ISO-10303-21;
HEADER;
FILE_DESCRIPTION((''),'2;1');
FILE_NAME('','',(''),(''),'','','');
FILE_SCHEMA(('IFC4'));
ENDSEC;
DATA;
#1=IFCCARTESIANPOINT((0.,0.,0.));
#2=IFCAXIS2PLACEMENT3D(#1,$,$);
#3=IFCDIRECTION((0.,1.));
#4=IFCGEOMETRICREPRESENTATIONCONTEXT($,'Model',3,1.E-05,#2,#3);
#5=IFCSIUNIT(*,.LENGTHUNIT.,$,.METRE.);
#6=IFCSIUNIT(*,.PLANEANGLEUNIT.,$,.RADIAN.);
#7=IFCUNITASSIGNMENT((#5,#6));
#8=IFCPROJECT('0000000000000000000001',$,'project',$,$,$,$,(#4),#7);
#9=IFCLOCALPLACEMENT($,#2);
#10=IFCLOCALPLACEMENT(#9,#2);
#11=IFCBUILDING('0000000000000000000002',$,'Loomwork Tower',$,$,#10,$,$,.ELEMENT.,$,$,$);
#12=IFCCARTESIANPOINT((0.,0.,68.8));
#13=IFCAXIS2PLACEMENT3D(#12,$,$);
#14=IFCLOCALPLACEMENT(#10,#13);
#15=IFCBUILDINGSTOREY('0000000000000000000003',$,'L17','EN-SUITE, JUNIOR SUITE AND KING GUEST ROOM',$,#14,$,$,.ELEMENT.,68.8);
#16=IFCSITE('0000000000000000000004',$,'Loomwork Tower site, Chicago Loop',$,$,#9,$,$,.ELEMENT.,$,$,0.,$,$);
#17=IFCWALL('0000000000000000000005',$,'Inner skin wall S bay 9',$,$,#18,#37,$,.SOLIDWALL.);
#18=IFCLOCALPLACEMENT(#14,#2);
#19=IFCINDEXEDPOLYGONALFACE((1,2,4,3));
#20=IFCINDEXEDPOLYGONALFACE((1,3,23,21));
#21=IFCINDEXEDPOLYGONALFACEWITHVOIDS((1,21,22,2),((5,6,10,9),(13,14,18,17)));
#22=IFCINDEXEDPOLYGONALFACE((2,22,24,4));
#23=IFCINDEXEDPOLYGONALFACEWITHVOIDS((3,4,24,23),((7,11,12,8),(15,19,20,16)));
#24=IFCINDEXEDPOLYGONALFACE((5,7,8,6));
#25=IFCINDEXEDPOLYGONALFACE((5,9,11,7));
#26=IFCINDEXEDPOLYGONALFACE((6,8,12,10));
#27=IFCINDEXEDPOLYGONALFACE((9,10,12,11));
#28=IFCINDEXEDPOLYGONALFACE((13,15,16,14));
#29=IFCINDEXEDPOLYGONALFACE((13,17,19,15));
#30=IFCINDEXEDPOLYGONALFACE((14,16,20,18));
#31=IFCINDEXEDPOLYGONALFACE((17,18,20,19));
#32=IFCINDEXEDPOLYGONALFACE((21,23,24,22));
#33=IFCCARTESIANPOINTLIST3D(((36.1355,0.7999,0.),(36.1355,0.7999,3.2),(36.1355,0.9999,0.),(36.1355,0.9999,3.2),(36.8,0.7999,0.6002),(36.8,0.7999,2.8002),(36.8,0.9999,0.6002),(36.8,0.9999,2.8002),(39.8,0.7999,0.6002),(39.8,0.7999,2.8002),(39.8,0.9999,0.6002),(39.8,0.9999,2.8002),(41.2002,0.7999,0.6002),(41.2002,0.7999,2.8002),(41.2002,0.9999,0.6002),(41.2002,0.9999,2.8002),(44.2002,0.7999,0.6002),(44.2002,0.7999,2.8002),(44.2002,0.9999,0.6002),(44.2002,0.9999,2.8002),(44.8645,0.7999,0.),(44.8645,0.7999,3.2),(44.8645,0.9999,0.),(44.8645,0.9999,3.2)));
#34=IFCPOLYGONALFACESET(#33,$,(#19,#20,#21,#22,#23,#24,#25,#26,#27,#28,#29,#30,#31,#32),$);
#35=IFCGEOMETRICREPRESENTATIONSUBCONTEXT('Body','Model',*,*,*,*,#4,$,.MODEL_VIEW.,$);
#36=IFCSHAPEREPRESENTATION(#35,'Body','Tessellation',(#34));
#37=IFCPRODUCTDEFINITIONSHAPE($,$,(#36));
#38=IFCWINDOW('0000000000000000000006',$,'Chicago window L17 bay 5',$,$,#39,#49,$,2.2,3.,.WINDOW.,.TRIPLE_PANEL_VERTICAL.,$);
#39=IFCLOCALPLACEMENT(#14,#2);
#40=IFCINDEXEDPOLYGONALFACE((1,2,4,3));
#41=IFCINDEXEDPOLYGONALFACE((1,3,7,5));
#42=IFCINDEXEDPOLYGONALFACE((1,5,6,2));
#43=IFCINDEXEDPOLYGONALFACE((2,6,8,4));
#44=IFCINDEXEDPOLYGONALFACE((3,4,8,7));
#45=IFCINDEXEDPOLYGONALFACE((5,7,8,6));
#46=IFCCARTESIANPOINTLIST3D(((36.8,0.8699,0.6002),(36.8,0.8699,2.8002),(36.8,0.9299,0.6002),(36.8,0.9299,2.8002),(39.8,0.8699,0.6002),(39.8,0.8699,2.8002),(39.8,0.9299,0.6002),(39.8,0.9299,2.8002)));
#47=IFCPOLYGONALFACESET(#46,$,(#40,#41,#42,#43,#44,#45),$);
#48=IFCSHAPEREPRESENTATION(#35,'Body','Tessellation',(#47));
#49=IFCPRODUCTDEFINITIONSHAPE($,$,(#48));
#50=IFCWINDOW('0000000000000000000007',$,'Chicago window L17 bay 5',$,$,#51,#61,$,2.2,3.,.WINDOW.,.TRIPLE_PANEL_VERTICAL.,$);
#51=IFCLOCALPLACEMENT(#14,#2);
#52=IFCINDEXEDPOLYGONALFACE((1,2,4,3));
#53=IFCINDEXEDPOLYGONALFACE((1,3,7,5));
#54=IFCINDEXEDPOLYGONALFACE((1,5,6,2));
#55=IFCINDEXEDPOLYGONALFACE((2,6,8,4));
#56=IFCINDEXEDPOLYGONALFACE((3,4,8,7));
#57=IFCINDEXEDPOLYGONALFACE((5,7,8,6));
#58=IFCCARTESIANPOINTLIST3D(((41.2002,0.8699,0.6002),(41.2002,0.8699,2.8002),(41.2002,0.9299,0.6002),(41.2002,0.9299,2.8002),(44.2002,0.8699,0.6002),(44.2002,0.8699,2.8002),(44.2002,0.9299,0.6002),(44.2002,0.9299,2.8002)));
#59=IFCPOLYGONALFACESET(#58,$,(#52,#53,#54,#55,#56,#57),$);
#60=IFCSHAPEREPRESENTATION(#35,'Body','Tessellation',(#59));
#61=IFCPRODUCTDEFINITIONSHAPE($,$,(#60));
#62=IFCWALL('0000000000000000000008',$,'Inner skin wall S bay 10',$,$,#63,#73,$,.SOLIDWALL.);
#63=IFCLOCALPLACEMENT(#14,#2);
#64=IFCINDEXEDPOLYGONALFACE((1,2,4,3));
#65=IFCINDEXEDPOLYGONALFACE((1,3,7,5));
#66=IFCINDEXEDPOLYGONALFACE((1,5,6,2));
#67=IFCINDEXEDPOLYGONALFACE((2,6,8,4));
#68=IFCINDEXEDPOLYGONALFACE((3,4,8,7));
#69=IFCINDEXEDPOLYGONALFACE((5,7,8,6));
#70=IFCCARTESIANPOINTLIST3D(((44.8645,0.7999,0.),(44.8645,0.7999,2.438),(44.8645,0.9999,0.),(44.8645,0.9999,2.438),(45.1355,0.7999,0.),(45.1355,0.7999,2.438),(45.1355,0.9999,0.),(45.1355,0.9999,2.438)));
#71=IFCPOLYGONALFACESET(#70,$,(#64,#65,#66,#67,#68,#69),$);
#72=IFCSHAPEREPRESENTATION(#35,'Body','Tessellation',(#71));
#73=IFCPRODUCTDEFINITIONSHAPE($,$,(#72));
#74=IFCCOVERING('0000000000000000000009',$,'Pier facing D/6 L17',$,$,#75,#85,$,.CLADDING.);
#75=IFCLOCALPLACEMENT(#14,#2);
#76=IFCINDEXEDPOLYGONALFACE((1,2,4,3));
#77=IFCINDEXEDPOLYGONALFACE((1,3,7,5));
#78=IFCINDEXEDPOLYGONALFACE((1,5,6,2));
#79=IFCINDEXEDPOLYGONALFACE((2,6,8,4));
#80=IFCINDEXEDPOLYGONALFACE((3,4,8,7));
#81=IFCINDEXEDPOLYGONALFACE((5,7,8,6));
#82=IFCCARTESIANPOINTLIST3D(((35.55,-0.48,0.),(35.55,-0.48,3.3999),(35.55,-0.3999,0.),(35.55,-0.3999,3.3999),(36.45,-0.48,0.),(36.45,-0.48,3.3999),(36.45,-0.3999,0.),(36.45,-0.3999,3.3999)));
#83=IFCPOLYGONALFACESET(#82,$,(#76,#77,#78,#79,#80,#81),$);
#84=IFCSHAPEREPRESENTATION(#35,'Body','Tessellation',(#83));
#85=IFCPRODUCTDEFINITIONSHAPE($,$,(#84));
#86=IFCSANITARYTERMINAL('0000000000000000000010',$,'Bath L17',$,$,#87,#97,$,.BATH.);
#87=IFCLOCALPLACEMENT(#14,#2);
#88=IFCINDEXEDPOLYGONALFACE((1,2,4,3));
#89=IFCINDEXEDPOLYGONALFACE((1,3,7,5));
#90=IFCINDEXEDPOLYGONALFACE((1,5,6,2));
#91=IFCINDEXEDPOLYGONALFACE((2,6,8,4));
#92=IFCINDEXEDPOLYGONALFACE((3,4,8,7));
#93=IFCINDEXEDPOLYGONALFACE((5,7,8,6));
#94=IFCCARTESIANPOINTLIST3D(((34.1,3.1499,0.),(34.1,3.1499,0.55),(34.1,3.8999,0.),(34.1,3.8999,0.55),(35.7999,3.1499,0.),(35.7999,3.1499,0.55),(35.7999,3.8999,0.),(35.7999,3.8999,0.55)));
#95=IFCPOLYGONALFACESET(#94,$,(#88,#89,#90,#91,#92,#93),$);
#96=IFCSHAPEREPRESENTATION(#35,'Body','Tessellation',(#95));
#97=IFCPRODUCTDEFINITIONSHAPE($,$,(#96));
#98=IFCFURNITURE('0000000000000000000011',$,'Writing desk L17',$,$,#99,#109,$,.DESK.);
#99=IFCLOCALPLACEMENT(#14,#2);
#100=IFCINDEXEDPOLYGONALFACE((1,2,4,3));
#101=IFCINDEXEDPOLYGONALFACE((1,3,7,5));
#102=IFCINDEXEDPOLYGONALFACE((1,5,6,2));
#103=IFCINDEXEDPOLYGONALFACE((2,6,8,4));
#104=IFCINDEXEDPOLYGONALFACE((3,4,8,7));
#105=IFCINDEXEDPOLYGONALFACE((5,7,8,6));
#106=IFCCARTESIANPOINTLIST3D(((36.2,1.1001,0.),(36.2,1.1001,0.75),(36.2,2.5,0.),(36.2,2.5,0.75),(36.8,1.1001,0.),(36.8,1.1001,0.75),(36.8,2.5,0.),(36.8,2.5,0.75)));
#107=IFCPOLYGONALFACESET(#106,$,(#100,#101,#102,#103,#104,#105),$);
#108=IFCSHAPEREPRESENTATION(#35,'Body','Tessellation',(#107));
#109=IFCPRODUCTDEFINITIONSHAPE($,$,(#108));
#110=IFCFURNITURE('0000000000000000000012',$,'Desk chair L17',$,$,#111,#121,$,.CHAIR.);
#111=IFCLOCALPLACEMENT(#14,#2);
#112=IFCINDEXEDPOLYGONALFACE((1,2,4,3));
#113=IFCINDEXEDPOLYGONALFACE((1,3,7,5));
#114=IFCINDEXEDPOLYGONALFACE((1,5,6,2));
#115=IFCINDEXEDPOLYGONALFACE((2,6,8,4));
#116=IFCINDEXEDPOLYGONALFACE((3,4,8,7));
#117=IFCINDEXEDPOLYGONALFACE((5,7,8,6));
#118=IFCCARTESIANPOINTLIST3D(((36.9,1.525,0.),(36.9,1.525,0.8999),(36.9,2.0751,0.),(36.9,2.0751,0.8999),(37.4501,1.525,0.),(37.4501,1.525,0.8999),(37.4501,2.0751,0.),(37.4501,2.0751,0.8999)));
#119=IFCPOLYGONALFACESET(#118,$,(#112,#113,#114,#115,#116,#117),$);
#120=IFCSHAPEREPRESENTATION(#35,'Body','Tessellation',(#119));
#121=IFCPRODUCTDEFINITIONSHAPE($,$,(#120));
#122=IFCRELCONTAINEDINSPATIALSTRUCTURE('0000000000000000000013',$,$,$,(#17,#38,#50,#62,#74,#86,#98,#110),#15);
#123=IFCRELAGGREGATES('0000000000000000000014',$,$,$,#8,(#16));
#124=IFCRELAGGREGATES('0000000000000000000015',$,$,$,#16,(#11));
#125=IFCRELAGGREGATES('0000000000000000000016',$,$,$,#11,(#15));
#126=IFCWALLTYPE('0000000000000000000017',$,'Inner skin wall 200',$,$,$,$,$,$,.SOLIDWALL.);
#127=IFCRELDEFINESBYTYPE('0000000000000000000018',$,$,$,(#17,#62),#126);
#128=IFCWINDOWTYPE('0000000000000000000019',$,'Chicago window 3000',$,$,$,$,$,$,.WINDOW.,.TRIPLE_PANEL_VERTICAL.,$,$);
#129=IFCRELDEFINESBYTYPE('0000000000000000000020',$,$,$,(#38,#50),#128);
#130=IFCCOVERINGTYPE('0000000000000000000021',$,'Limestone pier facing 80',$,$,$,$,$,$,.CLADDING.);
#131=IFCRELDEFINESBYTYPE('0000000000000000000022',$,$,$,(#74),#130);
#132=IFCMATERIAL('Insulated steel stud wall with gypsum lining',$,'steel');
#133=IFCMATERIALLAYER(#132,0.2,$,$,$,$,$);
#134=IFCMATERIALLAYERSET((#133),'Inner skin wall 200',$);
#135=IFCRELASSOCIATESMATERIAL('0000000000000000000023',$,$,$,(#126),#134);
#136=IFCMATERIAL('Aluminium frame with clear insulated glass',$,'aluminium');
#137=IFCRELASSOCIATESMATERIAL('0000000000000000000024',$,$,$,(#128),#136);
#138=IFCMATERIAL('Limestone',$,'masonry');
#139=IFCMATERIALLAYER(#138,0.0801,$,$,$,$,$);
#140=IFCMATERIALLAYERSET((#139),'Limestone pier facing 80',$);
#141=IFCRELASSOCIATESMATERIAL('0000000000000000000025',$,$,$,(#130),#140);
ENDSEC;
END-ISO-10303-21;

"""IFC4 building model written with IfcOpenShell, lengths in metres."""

from ifc_helpers import new_model, si_unit, direction, frame, frame_2d, origin, origin_2d, place, context, subcontext, project, spatial, rectangle, extrude, material, layer, layer_set, type_object, element, fill, save


model = new_model("IFC4")

# Units and contexts
model_context = context("Model", 3, precision=1e-05, world=origin(), true_north=direction((0.0, 1.0)))
body_context = subcontext(model_context, "Body", "Model", "MODEL_VIEW")
ifc_project = project(units=[si_unit("LENGTHUNIT", "METRE"), si_unit("PLANEANGLEUNIT", "RADIAN")], contexts=[model_context])

# Site, building, storey
site_placement = place(None, origin())
site = spatial("IfcSite", under=ifc_project, at=site_placement, Name="Loomwork Tower site, Chicago Loop", CompositionType="ELEMENT", RefElevation=0.0)
building_placement = place(site_placement, origin())
building = spatial("IfcBuilding", under=site, at=building_placement, Name="Loomwork Tower", CompositionType="ELEMENT")
storey_placement = place(building_placement, frame((0.0, 0.0, 68.8)))
storey = spatial("IfcBuildingStorey", under=building, at=storey_placement, Name="L17", Description="EN-SUITE, JUNIOR SUITE AND KING GUEST ROOM", CompositionType="ELEMENT", Elevation=68.8)

# Shared definitions
ifc_material_1 = material(Name="Insulated steel stud wall with gypsum lining", Category="steel")
ifc_layer_1 = layer(ifc_material_1, 0.2)
ifc_layer_set_1 = layer_set([ifc_layer_1], Name="Inner skin wall 200")
wall_type = type_object("IfcWallType", Name="Inner skin wall 200", PredefinedType="SOLIDWALL", material=ifc_layer_set_1)

# Wall, openings, windows
wall_1_placement = place(storey_placement, frame((36.1355, 0.8999, 0.0), z_axis=(0.0, 0.0, 1.0), x_axis=(1.0, 0.0, 0.0)))
wall_1 = element("IfcWall", 1, at=wall_1_placement, inside=storey, type_object=wall_type, Name="Inner skin wall S bay 9", PredefinedType="SOLIDWALL", context=body_context, shape_type="SweptSolid", body=[
    extrude(rectangle(XDim=8.729, YDim=0.2, at=frame_2d((4.3645, 0.0))), origin(), (0.0, 0.0, 1.0), 3.2),
])
opening_1_placement = place(wall_1_placement, frame((0.6646, 0.0, 0.6001)))
opening_1 = element("IfcOpeningElement", 2, at=opening_1_placement, cuts=wall_1, PredefinedType="OPENING", context=body_context, shape_type="SweptSolid", body=[
    extrude(rectangle(XDim=3.0, YDim=2.2, at=frame_2d((1.5, 1.1001))), frame((0.0, 0.1099, 0.0), z_axis=(0.0, -1.0, 0.0), x_axis=(1.0, 0.0, 0.0)), (0.0, 0.0, 1.0), 0.22),
])
opening_2_placement = place(wall_1_placement, frame((5.0647, 0.0, 0.6001)))
opening_2 = element("IfcOpeningElement", 3, at=opening_2_placement, cuts=wall_1, PredefinedType="OPENING", context=body_context, shape_type="SweptSolid", body=[
    extrude(rectangle(XDim=3.0, YDim=2.2, at=frame_2d((1.5, 1.1001))), frame((0.0, 0.1099, 0.0), z_axis=(0.0, -1.0, 0.0), x_axis=(1.0, 0.0, 0.0)), (0.0, 0.0, 1.0), 0.22),
])
ifc_material_2 = material(Name="Aluminium frame with clear insulated glass", Category="aluminium")
window_type = type_object("IfcWindowType", Name="Chicago window 3000", PartitioningType="TRIPLE_PANEL_VERTICAL", PredefinedType="WINDOW", material=ifc_material_2)
window_1_placement = place(opening_1_placement, origin())
window_1 = element("IfcWindow", 4, at=window_1_placement, inside=storey, type_object=window_type, Name="Chicago window L17 bay 5", OverallHeight=2.2, OverallWidth=3.0, PartitioningType="TRIPLE_PANEL_VERTICAL", PredefinedType="WINDOW", context=body_context, shape_type="SweptSolid", body=[
    extrude(rectangle(XDim=3.0, YDim=2.2, at=frame_2d((1.5, 1.1001))), frame((0.0, 0.03, 0.0), z_axis=(0.0, -1.0, 0.0), x_axis=(1.0, 0.0, 0.0)), (0.0, 0.0, 1.0), 0.0601),
])
fill(opening_1, window_1)
window_2_placement = place(opening_2_placement, origin())
window_2 = element("IfcWindow", 5, at=window_2_placement, inside=storey, type_object=window_type, Name="Chicago window L17 bay 5", OverallHeight=2.2, OverallWidth=3.0, PartitioningType="TRIPLE_PANEL_VERTICAL", PredefinedType="WINDOW", context=body_context, shape_type="SweptSolid", body=[
    extrude(rectangle(XDim=3.0, YDim=2.2, at=frame_2d((1.5, 1.1001))), frame((0.0, 0.03, 0.0), z_axis=(0.0, -1.0, 0.0), x_axis=(1.0, 0.0, 0.0)), (0.0, 0.0, 1.0), 0.0601),
])
fill(opening_2, window_2)

# Wall
wall_2_placement = place(storey_placement, frame((44.8645, 0.8999, 0.0), z_axis=(0.0, 0.0, 1.0), x_axis=(1.0, 0.0, 0.0)))
element("IfcWall", 6, at=wall_2_placement, inside=storey, type_object=wall_type, Name="Inner skin wall S bay 10", PredefinedType="SOLIDWALL", context=body_context, shape_type="SweptSolid", body=[
    extrude(rectangle(XDim=0.271, YDim=0.2, at=frame_2d((0.1355, 0.0))), origin(), (0.0, 0.0, 1.0), 2.438),
])

# Covering
ifc_material_3 = material(Name="Limestone", Category="masonry")
ifc_layer_2 = layer(ifc_material_3, 0.0801)
ifc_layer_set_2 = layer_set([ifc_layer_2], Name="Limestone pier facing 80")
covering_type = type_object("IfcCoveringType", Name="Limestone pier facing 80", PredefinedType="CLADDING", material=ifc_layer_set_2)
covering_placement = place(storey_placement, frame((36.0, -0.4399, 0.0), z_axis=(0.0, 0.0, 1.0), x_axis=(1.0, 0.0, 0.0)))
element("IfcCovering", 7, at=covering_placement, inside=storey, type_object=covering_type, Name="Pier facing D/6 L17", PredefinedType="CLADDING", context=body_context, shape_type="SweptSolid", body=[
    extrude(rectangle(XDim=0.8999, YDim=0.0801, at=origin_2d()), origin(), (0.0, 0.0, 1.0), 3.3999),
])

# Sanitary terminal
sanitary_terminal_placement = place(storey_placement, frame((34.95, 3.5249, 0.0), z_axis=(0.0, 0.0, 1.0), x_axis=(1.0, 0.0, 0.0)))
element("IfcSanitaryTerminal", 8, at=sanitary_terminal_placement, inside=storey, Name="Bath L17", PredefinedType="BATH", context=body_context, shape_type="SweptSolid", body=[
    extrude(rectangle(XDim=1.7, YDim=0.75, at=origin_2d()), origin(), (0.0, 0.0, 1.0), 0.55),
])

# Furniture
furniture_1_placement = place(storey_placement, frame((36.5, 1.8, 0.0), z_axis=(0.0, 0.0, 1.0), x_axis=(1.0, 0.0, 0.0)))
element("IfcFurniture", 9, at=furniture_1_placement, inside=storey, Name="Writing desk L17", PredefinedType="DESK", context=body_context, shape_type="SweptSolid", body=[
    extrude(rectangle(XDim=0.6001, YDim=1.3999, at=origin_2d()), origin(), (0.0, 0.0, 1.0), 0.75),
])
furniture_2_placement = place(storey_placement, frame((37.175, 1.8, 0.0), z_axis=(0.0, 0.0, 1.0), x_axis=(1.0, 0.0, 0.0)))
element("IfcFurniture", 10, at=furniture_2_placement, inside=storey, Name="Desk chair L17", PredefinedType="CHAIR", context=body_context, shape_type="SweptSolid", body=[
    extrude(rectangle(XDim=0.55, YDim=0.55, at=origin_2d()), origin(), (0.0, 0.0, 1.0), 0.8999),
])

save(model, "model.ifc")
